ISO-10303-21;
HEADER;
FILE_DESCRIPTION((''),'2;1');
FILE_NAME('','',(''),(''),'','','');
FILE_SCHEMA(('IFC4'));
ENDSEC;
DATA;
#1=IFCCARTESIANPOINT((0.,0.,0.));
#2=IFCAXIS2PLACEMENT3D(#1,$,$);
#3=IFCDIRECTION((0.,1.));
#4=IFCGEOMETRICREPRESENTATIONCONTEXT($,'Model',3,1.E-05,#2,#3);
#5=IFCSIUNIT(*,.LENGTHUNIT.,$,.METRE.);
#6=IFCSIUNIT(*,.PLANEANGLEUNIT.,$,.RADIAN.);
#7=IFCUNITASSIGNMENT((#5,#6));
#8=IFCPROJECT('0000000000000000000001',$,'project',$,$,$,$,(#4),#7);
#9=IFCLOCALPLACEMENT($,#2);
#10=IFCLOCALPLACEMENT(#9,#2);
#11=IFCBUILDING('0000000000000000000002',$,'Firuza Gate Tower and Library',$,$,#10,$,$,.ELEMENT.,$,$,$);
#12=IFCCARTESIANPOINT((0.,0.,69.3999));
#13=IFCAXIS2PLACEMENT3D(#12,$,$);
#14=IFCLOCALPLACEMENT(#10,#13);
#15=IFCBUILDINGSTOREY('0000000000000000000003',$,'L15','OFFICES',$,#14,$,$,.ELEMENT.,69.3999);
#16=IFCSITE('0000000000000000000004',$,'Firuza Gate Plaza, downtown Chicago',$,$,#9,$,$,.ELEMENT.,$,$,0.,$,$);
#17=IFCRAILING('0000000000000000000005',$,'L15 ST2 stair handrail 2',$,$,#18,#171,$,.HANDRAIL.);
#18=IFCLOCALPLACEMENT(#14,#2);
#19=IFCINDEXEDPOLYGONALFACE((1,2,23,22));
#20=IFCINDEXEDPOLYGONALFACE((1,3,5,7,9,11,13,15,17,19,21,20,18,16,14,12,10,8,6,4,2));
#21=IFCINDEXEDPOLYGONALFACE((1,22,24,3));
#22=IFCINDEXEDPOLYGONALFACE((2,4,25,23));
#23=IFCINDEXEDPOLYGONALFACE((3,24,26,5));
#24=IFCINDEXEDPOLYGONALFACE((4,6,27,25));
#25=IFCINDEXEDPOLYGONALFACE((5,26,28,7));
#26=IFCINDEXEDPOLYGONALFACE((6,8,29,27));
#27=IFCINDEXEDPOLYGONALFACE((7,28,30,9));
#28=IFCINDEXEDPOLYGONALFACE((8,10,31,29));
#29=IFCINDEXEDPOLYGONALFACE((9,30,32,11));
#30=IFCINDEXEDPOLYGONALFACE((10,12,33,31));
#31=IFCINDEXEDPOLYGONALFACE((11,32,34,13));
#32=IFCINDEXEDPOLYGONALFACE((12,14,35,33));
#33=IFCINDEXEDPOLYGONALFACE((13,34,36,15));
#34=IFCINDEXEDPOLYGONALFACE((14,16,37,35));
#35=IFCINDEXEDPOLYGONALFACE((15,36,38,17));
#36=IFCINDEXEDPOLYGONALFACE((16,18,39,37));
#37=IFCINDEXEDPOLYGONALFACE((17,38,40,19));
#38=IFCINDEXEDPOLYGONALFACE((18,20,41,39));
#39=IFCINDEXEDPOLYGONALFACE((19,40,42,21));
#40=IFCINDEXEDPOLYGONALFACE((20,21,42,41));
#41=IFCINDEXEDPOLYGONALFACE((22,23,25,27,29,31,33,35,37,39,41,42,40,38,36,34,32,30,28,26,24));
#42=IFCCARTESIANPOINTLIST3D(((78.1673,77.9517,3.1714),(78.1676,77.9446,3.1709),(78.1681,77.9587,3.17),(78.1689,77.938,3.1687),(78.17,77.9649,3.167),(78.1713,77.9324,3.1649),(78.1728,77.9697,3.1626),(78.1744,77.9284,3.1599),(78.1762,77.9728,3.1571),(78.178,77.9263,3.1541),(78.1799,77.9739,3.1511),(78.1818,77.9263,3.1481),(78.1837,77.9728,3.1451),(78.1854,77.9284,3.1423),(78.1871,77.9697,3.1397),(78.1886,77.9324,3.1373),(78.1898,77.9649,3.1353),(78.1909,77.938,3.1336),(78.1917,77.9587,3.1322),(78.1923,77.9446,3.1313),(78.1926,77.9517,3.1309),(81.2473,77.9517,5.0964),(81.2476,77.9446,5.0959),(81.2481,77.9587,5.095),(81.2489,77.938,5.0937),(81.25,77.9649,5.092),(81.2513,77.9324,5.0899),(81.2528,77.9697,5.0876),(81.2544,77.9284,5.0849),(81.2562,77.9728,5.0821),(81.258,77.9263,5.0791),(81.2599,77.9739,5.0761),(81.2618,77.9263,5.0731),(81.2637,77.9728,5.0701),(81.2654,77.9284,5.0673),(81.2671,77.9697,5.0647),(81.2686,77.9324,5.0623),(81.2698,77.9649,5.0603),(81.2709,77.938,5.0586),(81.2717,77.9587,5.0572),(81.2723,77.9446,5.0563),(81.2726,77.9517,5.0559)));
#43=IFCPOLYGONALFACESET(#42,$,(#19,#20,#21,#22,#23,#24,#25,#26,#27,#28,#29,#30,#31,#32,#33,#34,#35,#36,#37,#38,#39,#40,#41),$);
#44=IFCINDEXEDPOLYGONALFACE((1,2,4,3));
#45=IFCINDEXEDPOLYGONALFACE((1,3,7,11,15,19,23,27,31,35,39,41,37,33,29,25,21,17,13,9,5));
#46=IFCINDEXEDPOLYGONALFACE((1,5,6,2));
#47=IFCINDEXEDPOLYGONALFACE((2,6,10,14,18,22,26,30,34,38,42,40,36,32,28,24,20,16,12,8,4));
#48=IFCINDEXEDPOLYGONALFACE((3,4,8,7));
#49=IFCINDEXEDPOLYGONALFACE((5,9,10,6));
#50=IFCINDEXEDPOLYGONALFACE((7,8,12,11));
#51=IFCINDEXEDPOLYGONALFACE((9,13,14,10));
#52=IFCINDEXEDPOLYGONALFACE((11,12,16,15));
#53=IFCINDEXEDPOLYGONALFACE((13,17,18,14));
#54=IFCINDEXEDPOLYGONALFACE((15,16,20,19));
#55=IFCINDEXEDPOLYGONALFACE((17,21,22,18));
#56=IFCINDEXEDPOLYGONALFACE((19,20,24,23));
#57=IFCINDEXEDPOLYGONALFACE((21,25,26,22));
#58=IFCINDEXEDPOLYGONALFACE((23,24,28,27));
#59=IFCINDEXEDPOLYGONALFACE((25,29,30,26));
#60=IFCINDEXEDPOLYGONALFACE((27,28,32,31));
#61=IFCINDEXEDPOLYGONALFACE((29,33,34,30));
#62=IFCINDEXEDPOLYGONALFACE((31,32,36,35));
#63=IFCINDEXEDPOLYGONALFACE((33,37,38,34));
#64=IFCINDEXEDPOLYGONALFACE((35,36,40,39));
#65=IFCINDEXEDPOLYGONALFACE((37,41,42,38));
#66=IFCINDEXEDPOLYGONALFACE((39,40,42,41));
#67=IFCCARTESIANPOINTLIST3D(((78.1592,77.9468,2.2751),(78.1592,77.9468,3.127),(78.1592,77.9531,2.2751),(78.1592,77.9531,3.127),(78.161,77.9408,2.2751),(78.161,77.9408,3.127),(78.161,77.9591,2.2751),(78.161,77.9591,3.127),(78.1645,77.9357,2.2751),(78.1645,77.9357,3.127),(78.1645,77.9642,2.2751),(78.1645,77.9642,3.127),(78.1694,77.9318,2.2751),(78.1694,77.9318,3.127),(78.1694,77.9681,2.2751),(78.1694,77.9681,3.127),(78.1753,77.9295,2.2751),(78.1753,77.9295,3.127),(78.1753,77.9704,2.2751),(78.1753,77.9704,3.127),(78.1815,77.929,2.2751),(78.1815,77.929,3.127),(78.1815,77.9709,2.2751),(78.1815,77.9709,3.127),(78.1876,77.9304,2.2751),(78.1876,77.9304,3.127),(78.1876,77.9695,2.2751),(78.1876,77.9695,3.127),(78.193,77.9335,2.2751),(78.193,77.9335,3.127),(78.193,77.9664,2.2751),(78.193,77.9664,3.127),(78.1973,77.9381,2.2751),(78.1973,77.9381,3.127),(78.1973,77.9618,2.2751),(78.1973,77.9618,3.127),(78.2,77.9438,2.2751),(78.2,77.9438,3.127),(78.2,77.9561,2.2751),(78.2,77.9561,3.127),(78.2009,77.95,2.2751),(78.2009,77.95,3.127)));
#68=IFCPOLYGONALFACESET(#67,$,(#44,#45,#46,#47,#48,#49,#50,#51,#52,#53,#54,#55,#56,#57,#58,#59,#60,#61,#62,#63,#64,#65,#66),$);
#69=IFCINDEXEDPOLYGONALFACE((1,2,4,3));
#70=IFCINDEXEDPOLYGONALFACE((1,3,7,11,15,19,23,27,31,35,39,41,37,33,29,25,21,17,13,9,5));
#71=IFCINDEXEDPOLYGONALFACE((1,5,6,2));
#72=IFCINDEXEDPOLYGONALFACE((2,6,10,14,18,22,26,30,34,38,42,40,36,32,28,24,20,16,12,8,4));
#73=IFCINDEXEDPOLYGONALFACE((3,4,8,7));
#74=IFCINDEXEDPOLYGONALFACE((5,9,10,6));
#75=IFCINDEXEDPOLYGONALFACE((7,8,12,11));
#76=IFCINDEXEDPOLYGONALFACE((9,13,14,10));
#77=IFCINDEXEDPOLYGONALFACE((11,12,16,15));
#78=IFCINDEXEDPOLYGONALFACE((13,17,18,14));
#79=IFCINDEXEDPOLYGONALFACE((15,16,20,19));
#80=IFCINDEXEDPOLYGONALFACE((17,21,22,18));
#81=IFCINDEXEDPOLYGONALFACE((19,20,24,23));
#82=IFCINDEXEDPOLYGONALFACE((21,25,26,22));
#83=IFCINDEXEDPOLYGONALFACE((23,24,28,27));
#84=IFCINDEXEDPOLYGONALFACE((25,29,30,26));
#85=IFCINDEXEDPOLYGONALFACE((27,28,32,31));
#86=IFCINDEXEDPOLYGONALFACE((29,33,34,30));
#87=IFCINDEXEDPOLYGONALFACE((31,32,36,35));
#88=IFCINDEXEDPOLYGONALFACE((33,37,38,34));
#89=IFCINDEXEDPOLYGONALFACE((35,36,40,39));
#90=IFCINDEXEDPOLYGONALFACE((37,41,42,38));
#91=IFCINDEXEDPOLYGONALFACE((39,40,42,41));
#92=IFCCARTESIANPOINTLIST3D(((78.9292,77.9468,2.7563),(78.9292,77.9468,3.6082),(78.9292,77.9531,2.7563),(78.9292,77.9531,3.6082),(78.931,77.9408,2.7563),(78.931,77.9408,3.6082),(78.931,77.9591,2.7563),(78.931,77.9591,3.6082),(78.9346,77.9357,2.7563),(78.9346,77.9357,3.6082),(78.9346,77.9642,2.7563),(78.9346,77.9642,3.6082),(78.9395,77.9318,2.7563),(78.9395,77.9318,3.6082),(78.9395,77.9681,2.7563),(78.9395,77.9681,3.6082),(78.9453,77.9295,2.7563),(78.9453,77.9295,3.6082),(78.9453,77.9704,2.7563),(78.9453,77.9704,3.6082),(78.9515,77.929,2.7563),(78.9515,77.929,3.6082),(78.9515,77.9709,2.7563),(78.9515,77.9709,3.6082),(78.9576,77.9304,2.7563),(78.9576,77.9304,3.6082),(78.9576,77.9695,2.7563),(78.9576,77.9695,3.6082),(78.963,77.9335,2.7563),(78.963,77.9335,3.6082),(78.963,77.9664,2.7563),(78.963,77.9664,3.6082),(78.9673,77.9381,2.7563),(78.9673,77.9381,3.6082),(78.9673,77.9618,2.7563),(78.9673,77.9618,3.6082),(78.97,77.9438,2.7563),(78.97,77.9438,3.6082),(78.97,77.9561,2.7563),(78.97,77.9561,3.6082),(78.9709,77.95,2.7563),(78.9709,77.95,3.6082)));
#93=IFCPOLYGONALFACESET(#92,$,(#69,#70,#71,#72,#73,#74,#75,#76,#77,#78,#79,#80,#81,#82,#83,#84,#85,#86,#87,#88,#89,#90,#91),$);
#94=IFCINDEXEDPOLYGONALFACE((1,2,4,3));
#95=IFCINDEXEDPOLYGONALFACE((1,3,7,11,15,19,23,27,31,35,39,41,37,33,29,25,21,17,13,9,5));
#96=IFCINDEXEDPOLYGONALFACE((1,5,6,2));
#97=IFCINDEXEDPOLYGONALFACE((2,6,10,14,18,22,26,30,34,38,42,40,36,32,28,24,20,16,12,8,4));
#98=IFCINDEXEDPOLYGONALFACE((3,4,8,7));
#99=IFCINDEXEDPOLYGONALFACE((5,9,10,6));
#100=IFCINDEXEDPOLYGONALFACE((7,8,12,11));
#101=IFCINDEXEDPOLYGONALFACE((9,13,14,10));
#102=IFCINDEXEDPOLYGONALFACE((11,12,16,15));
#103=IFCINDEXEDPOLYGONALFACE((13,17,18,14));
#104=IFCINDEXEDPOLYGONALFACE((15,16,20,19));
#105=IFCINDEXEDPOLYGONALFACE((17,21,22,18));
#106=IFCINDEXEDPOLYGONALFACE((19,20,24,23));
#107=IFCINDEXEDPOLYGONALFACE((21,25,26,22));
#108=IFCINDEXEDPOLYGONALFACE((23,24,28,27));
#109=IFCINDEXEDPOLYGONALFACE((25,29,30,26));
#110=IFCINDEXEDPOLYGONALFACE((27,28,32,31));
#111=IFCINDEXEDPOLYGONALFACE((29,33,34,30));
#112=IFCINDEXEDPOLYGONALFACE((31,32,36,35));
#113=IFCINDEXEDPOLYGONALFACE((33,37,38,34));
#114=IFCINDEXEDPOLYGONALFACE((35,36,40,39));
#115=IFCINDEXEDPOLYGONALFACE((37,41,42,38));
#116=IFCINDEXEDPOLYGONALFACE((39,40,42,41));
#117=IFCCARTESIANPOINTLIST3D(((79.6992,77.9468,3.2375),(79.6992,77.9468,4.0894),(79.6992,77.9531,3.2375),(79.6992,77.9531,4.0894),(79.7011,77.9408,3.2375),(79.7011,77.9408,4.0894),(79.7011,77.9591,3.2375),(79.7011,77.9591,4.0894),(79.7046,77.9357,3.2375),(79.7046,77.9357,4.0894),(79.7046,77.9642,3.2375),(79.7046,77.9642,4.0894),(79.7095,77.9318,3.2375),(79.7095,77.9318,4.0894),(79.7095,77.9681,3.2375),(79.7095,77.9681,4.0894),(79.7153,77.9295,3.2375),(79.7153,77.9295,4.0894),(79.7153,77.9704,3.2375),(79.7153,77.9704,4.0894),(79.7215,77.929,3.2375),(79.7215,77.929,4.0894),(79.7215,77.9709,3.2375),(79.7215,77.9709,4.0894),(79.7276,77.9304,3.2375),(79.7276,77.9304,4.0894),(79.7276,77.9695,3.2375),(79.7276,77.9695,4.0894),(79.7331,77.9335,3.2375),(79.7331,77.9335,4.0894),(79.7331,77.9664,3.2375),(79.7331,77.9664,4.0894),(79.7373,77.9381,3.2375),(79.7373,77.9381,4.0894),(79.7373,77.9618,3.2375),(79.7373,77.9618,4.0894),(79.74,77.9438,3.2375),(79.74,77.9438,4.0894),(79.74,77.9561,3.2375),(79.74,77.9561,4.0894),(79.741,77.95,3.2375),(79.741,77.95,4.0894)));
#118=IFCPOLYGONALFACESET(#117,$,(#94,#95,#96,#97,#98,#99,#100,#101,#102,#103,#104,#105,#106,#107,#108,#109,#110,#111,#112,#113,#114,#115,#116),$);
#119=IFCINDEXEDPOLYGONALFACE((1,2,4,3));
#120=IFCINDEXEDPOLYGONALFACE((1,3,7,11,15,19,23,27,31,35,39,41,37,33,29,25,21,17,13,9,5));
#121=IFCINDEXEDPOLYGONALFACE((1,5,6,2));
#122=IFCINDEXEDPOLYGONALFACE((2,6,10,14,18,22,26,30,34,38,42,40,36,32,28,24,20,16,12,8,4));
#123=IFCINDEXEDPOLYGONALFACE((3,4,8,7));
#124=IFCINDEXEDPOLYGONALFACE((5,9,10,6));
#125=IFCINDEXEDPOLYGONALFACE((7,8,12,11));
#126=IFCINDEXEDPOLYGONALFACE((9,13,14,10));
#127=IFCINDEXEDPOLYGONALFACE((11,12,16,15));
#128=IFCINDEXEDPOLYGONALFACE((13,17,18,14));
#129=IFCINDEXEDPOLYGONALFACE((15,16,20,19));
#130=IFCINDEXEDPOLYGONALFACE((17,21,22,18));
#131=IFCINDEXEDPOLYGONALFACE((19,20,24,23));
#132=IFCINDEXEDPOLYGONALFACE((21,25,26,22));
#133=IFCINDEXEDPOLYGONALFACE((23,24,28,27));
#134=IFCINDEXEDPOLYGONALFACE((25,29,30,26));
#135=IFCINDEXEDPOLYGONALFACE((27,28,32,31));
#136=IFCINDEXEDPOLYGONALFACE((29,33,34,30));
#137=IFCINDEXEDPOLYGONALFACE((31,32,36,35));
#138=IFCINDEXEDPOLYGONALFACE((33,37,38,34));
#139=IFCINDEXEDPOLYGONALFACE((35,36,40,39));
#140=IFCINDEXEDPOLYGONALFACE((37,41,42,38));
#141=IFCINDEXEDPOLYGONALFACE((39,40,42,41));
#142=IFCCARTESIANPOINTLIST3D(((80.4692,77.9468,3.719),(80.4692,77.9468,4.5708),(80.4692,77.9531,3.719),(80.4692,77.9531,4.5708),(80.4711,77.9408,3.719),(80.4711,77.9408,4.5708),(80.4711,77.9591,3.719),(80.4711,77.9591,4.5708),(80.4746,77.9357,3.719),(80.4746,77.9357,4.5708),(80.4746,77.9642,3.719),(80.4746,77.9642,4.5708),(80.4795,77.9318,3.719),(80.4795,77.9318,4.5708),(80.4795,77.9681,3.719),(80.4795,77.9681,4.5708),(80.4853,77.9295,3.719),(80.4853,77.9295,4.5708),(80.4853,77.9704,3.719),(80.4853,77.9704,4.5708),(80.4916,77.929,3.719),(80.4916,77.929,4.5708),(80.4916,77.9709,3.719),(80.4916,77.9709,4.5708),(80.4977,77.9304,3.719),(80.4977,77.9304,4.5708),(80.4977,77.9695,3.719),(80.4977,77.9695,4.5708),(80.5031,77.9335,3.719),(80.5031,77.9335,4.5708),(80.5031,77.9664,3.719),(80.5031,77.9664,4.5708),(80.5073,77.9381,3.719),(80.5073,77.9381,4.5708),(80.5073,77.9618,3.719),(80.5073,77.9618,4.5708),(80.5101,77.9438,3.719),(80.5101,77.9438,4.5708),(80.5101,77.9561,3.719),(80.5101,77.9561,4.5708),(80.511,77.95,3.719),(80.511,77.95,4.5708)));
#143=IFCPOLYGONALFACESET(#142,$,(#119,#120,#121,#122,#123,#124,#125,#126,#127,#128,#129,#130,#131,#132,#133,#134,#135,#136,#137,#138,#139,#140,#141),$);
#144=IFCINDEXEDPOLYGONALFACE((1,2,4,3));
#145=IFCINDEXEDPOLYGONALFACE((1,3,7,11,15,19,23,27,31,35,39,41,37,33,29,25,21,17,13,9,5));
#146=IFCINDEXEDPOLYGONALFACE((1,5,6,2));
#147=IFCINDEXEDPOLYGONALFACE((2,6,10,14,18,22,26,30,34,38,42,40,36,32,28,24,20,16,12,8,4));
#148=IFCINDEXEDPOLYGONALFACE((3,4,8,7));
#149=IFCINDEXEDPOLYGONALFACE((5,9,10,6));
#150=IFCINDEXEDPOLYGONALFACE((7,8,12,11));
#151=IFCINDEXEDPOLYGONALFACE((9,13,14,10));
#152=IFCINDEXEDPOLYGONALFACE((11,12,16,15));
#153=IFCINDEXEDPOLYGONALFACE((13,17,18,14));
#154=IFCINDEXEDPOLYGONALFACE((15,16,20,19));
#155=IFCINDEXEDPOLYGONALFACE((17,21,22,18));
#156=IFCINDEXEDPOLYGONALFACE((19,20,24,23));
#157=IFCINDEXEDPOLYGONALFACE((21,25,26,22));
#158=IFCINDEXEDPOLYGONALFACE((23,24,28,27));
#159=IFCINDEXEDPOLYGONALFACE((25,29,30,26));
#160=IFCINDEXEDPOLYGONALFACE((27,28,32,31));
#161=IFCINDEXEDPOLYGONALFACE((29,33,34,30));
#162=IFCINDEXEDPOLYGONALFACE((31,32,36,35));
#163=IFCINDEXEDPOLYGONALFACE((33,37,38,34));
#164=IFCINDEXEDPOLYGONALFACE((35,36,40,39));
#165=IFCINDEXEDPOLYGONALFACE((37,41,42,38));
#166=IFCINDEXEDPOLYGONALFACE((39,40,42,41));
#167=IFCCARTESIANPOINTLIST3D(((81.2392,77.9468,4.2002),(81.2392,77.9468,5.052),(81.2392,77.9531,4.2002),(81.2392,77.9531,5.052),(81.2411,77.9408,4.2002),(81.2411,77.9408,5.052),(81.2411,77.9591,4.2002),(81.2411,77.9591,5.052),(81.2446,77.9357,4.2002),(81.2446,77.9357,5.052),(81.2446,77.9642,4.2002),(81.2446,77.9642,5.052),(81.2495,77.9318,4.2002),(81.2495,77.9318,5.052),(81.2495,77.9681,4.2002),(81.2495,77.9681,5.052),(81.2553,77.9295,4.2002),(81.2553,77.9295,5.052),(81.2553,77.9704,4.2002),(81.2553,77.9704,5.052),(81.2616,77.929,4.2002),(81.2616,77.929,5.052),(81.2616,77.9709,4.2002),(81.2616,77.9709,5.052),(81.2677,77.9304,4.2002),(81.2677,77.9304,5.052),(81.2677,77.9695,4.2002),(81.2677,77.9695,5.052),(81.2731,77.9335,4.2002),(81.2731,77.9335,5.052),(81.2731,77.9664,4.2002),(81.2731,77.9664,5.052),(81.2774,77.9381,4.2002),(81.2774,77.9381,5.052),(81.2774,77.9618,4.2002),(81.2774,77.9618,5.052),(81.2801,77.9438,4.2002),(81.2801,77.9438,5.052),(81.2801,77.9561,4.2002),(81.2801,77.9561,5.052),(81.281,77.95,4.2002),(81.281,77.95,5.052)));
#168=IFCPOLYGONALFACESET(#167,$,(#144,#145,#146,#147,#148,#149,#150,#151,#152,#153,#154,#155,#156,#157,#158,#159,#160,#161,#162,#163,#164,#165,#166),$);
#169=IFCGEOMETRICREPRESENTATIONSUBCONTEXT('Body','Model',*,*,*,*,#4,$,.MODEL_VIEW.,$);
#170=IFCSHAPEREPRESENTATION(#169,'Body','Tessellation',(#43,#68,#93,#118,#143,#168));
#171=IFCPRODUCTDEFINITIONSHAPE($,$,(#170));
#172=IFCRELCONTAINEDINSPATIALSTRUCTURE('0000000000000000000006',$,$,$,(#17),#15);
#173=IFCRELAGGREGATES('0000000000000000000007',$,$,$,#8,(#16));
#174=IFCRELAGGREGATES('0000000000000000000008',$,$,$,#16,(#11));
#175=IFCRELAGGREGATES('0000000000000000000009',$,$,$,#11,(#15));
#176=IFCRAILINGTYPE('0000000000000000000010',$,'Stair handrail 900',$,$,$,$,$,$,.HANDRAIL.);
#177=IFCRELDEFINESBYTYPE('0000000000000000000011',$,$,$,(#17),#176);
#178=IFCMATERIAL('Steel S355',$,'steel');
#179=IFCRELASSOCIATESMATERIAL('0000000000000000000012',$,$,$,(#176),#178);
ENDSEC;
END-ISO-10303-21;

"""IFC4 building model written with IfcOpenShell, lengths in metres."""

from ifc_helpers import new_model, si_unit, direction, frame, origin, origin_2d, place, context, subcontext, project, spatial, circle, extrude, material, type_object, element, save


model = new_model("IFC4")

# Units and contexts
model_context = context("Model", 3, precision=1e-05, world=origin(), true_north=direction((0.0, 1.0)))
body_context = subcontext(model_context, "Body", "Model", "MODEL_VIEW")
ifc_project = project(units=[si_unit("LENGTHUNIT", "METRE"), si_unit("PLANEANGLEUNIT", "RADIAN")], contexts=[model_context])

# Site, building, storey
site_placement = place(None, origin())
site = spatial("IfcSite", under=ifc_project, at=site_placement, Name="Firuza Gate Plaza, downtown Chicago", CompositionType="ELEMENT", RefElevation=0.0)
building_placement = place(site_placement, origin())
building = spatial("IfcBuilding", under=site, at=building_placement, Name="Firuza Gate Tower and Library", CompositionType="ELEMENT")
storey_placement = place(building_placement, frame((0.0, 0.0, 69.3999)))
storey = spatial("IfcBuildingStorey", under=building, at=storey_placement, Name="L15", Description="OFFICES", CompositionType="ELEMENT", Elevation=69.3999)

# Railing
ifc_material_1 = material(Name="Steel S355", Category="steel")
railing_type_1 = type_object("IfcRailingType", Name="Stair handrail 900", PredefinedType="HANDRAIL", material=ifc_material_1)
railing_1_placement = place(storey_placement, frame((78.1799, 77.95, 2.2751)))
element("IfcRailing", 1, at=railing_1_placement, inside=storey, type_object=railing_type_1, Name="L15 ST2 stair handrail 2", PredefinedType="HANDRAIL", context=body_context, shape_type="SweptSolid", body=[
    extrude(circle(Radius=0.0239, at=origin_2d()), frame((0.0, 0.0, 0.876), z_axis=(0.847998, 0.0, 0.529999), x_axis=(0.0, 1.0, 0.0)), (0.0, 0.0, 1.0), 3.6321),
    extrude(circle(Radius=0.021, at=origin_2d()), origin(), (0.0, 0.0, 1.0), 0.8518),
    extrude(circle(Radius=0.021, at=origin_2d()), frame((0.77, 0.0, 0.4812)), (0.0, 0.0, 1.0), 0.8518),
    extrude(circle(Radius=0.021, at=origin_2d()), frame((1.54, 0.0, 0.9624)), (0.0, 0.0, 1.0), 0.8518),
    extrude(circle(Radius=0.021, at=origin_2d()), frame((2.3101, 0.0, 1.4438)), (0.0, 0.0, 1.0), 0.8518),
    extrude(circle(Radius=0.021, at=origin_2d()), frame((3.0801, 0.0, 1.925)), (0.0, 0.0, 1.0), 0.8518),
])

save(model, "model.ifc")
